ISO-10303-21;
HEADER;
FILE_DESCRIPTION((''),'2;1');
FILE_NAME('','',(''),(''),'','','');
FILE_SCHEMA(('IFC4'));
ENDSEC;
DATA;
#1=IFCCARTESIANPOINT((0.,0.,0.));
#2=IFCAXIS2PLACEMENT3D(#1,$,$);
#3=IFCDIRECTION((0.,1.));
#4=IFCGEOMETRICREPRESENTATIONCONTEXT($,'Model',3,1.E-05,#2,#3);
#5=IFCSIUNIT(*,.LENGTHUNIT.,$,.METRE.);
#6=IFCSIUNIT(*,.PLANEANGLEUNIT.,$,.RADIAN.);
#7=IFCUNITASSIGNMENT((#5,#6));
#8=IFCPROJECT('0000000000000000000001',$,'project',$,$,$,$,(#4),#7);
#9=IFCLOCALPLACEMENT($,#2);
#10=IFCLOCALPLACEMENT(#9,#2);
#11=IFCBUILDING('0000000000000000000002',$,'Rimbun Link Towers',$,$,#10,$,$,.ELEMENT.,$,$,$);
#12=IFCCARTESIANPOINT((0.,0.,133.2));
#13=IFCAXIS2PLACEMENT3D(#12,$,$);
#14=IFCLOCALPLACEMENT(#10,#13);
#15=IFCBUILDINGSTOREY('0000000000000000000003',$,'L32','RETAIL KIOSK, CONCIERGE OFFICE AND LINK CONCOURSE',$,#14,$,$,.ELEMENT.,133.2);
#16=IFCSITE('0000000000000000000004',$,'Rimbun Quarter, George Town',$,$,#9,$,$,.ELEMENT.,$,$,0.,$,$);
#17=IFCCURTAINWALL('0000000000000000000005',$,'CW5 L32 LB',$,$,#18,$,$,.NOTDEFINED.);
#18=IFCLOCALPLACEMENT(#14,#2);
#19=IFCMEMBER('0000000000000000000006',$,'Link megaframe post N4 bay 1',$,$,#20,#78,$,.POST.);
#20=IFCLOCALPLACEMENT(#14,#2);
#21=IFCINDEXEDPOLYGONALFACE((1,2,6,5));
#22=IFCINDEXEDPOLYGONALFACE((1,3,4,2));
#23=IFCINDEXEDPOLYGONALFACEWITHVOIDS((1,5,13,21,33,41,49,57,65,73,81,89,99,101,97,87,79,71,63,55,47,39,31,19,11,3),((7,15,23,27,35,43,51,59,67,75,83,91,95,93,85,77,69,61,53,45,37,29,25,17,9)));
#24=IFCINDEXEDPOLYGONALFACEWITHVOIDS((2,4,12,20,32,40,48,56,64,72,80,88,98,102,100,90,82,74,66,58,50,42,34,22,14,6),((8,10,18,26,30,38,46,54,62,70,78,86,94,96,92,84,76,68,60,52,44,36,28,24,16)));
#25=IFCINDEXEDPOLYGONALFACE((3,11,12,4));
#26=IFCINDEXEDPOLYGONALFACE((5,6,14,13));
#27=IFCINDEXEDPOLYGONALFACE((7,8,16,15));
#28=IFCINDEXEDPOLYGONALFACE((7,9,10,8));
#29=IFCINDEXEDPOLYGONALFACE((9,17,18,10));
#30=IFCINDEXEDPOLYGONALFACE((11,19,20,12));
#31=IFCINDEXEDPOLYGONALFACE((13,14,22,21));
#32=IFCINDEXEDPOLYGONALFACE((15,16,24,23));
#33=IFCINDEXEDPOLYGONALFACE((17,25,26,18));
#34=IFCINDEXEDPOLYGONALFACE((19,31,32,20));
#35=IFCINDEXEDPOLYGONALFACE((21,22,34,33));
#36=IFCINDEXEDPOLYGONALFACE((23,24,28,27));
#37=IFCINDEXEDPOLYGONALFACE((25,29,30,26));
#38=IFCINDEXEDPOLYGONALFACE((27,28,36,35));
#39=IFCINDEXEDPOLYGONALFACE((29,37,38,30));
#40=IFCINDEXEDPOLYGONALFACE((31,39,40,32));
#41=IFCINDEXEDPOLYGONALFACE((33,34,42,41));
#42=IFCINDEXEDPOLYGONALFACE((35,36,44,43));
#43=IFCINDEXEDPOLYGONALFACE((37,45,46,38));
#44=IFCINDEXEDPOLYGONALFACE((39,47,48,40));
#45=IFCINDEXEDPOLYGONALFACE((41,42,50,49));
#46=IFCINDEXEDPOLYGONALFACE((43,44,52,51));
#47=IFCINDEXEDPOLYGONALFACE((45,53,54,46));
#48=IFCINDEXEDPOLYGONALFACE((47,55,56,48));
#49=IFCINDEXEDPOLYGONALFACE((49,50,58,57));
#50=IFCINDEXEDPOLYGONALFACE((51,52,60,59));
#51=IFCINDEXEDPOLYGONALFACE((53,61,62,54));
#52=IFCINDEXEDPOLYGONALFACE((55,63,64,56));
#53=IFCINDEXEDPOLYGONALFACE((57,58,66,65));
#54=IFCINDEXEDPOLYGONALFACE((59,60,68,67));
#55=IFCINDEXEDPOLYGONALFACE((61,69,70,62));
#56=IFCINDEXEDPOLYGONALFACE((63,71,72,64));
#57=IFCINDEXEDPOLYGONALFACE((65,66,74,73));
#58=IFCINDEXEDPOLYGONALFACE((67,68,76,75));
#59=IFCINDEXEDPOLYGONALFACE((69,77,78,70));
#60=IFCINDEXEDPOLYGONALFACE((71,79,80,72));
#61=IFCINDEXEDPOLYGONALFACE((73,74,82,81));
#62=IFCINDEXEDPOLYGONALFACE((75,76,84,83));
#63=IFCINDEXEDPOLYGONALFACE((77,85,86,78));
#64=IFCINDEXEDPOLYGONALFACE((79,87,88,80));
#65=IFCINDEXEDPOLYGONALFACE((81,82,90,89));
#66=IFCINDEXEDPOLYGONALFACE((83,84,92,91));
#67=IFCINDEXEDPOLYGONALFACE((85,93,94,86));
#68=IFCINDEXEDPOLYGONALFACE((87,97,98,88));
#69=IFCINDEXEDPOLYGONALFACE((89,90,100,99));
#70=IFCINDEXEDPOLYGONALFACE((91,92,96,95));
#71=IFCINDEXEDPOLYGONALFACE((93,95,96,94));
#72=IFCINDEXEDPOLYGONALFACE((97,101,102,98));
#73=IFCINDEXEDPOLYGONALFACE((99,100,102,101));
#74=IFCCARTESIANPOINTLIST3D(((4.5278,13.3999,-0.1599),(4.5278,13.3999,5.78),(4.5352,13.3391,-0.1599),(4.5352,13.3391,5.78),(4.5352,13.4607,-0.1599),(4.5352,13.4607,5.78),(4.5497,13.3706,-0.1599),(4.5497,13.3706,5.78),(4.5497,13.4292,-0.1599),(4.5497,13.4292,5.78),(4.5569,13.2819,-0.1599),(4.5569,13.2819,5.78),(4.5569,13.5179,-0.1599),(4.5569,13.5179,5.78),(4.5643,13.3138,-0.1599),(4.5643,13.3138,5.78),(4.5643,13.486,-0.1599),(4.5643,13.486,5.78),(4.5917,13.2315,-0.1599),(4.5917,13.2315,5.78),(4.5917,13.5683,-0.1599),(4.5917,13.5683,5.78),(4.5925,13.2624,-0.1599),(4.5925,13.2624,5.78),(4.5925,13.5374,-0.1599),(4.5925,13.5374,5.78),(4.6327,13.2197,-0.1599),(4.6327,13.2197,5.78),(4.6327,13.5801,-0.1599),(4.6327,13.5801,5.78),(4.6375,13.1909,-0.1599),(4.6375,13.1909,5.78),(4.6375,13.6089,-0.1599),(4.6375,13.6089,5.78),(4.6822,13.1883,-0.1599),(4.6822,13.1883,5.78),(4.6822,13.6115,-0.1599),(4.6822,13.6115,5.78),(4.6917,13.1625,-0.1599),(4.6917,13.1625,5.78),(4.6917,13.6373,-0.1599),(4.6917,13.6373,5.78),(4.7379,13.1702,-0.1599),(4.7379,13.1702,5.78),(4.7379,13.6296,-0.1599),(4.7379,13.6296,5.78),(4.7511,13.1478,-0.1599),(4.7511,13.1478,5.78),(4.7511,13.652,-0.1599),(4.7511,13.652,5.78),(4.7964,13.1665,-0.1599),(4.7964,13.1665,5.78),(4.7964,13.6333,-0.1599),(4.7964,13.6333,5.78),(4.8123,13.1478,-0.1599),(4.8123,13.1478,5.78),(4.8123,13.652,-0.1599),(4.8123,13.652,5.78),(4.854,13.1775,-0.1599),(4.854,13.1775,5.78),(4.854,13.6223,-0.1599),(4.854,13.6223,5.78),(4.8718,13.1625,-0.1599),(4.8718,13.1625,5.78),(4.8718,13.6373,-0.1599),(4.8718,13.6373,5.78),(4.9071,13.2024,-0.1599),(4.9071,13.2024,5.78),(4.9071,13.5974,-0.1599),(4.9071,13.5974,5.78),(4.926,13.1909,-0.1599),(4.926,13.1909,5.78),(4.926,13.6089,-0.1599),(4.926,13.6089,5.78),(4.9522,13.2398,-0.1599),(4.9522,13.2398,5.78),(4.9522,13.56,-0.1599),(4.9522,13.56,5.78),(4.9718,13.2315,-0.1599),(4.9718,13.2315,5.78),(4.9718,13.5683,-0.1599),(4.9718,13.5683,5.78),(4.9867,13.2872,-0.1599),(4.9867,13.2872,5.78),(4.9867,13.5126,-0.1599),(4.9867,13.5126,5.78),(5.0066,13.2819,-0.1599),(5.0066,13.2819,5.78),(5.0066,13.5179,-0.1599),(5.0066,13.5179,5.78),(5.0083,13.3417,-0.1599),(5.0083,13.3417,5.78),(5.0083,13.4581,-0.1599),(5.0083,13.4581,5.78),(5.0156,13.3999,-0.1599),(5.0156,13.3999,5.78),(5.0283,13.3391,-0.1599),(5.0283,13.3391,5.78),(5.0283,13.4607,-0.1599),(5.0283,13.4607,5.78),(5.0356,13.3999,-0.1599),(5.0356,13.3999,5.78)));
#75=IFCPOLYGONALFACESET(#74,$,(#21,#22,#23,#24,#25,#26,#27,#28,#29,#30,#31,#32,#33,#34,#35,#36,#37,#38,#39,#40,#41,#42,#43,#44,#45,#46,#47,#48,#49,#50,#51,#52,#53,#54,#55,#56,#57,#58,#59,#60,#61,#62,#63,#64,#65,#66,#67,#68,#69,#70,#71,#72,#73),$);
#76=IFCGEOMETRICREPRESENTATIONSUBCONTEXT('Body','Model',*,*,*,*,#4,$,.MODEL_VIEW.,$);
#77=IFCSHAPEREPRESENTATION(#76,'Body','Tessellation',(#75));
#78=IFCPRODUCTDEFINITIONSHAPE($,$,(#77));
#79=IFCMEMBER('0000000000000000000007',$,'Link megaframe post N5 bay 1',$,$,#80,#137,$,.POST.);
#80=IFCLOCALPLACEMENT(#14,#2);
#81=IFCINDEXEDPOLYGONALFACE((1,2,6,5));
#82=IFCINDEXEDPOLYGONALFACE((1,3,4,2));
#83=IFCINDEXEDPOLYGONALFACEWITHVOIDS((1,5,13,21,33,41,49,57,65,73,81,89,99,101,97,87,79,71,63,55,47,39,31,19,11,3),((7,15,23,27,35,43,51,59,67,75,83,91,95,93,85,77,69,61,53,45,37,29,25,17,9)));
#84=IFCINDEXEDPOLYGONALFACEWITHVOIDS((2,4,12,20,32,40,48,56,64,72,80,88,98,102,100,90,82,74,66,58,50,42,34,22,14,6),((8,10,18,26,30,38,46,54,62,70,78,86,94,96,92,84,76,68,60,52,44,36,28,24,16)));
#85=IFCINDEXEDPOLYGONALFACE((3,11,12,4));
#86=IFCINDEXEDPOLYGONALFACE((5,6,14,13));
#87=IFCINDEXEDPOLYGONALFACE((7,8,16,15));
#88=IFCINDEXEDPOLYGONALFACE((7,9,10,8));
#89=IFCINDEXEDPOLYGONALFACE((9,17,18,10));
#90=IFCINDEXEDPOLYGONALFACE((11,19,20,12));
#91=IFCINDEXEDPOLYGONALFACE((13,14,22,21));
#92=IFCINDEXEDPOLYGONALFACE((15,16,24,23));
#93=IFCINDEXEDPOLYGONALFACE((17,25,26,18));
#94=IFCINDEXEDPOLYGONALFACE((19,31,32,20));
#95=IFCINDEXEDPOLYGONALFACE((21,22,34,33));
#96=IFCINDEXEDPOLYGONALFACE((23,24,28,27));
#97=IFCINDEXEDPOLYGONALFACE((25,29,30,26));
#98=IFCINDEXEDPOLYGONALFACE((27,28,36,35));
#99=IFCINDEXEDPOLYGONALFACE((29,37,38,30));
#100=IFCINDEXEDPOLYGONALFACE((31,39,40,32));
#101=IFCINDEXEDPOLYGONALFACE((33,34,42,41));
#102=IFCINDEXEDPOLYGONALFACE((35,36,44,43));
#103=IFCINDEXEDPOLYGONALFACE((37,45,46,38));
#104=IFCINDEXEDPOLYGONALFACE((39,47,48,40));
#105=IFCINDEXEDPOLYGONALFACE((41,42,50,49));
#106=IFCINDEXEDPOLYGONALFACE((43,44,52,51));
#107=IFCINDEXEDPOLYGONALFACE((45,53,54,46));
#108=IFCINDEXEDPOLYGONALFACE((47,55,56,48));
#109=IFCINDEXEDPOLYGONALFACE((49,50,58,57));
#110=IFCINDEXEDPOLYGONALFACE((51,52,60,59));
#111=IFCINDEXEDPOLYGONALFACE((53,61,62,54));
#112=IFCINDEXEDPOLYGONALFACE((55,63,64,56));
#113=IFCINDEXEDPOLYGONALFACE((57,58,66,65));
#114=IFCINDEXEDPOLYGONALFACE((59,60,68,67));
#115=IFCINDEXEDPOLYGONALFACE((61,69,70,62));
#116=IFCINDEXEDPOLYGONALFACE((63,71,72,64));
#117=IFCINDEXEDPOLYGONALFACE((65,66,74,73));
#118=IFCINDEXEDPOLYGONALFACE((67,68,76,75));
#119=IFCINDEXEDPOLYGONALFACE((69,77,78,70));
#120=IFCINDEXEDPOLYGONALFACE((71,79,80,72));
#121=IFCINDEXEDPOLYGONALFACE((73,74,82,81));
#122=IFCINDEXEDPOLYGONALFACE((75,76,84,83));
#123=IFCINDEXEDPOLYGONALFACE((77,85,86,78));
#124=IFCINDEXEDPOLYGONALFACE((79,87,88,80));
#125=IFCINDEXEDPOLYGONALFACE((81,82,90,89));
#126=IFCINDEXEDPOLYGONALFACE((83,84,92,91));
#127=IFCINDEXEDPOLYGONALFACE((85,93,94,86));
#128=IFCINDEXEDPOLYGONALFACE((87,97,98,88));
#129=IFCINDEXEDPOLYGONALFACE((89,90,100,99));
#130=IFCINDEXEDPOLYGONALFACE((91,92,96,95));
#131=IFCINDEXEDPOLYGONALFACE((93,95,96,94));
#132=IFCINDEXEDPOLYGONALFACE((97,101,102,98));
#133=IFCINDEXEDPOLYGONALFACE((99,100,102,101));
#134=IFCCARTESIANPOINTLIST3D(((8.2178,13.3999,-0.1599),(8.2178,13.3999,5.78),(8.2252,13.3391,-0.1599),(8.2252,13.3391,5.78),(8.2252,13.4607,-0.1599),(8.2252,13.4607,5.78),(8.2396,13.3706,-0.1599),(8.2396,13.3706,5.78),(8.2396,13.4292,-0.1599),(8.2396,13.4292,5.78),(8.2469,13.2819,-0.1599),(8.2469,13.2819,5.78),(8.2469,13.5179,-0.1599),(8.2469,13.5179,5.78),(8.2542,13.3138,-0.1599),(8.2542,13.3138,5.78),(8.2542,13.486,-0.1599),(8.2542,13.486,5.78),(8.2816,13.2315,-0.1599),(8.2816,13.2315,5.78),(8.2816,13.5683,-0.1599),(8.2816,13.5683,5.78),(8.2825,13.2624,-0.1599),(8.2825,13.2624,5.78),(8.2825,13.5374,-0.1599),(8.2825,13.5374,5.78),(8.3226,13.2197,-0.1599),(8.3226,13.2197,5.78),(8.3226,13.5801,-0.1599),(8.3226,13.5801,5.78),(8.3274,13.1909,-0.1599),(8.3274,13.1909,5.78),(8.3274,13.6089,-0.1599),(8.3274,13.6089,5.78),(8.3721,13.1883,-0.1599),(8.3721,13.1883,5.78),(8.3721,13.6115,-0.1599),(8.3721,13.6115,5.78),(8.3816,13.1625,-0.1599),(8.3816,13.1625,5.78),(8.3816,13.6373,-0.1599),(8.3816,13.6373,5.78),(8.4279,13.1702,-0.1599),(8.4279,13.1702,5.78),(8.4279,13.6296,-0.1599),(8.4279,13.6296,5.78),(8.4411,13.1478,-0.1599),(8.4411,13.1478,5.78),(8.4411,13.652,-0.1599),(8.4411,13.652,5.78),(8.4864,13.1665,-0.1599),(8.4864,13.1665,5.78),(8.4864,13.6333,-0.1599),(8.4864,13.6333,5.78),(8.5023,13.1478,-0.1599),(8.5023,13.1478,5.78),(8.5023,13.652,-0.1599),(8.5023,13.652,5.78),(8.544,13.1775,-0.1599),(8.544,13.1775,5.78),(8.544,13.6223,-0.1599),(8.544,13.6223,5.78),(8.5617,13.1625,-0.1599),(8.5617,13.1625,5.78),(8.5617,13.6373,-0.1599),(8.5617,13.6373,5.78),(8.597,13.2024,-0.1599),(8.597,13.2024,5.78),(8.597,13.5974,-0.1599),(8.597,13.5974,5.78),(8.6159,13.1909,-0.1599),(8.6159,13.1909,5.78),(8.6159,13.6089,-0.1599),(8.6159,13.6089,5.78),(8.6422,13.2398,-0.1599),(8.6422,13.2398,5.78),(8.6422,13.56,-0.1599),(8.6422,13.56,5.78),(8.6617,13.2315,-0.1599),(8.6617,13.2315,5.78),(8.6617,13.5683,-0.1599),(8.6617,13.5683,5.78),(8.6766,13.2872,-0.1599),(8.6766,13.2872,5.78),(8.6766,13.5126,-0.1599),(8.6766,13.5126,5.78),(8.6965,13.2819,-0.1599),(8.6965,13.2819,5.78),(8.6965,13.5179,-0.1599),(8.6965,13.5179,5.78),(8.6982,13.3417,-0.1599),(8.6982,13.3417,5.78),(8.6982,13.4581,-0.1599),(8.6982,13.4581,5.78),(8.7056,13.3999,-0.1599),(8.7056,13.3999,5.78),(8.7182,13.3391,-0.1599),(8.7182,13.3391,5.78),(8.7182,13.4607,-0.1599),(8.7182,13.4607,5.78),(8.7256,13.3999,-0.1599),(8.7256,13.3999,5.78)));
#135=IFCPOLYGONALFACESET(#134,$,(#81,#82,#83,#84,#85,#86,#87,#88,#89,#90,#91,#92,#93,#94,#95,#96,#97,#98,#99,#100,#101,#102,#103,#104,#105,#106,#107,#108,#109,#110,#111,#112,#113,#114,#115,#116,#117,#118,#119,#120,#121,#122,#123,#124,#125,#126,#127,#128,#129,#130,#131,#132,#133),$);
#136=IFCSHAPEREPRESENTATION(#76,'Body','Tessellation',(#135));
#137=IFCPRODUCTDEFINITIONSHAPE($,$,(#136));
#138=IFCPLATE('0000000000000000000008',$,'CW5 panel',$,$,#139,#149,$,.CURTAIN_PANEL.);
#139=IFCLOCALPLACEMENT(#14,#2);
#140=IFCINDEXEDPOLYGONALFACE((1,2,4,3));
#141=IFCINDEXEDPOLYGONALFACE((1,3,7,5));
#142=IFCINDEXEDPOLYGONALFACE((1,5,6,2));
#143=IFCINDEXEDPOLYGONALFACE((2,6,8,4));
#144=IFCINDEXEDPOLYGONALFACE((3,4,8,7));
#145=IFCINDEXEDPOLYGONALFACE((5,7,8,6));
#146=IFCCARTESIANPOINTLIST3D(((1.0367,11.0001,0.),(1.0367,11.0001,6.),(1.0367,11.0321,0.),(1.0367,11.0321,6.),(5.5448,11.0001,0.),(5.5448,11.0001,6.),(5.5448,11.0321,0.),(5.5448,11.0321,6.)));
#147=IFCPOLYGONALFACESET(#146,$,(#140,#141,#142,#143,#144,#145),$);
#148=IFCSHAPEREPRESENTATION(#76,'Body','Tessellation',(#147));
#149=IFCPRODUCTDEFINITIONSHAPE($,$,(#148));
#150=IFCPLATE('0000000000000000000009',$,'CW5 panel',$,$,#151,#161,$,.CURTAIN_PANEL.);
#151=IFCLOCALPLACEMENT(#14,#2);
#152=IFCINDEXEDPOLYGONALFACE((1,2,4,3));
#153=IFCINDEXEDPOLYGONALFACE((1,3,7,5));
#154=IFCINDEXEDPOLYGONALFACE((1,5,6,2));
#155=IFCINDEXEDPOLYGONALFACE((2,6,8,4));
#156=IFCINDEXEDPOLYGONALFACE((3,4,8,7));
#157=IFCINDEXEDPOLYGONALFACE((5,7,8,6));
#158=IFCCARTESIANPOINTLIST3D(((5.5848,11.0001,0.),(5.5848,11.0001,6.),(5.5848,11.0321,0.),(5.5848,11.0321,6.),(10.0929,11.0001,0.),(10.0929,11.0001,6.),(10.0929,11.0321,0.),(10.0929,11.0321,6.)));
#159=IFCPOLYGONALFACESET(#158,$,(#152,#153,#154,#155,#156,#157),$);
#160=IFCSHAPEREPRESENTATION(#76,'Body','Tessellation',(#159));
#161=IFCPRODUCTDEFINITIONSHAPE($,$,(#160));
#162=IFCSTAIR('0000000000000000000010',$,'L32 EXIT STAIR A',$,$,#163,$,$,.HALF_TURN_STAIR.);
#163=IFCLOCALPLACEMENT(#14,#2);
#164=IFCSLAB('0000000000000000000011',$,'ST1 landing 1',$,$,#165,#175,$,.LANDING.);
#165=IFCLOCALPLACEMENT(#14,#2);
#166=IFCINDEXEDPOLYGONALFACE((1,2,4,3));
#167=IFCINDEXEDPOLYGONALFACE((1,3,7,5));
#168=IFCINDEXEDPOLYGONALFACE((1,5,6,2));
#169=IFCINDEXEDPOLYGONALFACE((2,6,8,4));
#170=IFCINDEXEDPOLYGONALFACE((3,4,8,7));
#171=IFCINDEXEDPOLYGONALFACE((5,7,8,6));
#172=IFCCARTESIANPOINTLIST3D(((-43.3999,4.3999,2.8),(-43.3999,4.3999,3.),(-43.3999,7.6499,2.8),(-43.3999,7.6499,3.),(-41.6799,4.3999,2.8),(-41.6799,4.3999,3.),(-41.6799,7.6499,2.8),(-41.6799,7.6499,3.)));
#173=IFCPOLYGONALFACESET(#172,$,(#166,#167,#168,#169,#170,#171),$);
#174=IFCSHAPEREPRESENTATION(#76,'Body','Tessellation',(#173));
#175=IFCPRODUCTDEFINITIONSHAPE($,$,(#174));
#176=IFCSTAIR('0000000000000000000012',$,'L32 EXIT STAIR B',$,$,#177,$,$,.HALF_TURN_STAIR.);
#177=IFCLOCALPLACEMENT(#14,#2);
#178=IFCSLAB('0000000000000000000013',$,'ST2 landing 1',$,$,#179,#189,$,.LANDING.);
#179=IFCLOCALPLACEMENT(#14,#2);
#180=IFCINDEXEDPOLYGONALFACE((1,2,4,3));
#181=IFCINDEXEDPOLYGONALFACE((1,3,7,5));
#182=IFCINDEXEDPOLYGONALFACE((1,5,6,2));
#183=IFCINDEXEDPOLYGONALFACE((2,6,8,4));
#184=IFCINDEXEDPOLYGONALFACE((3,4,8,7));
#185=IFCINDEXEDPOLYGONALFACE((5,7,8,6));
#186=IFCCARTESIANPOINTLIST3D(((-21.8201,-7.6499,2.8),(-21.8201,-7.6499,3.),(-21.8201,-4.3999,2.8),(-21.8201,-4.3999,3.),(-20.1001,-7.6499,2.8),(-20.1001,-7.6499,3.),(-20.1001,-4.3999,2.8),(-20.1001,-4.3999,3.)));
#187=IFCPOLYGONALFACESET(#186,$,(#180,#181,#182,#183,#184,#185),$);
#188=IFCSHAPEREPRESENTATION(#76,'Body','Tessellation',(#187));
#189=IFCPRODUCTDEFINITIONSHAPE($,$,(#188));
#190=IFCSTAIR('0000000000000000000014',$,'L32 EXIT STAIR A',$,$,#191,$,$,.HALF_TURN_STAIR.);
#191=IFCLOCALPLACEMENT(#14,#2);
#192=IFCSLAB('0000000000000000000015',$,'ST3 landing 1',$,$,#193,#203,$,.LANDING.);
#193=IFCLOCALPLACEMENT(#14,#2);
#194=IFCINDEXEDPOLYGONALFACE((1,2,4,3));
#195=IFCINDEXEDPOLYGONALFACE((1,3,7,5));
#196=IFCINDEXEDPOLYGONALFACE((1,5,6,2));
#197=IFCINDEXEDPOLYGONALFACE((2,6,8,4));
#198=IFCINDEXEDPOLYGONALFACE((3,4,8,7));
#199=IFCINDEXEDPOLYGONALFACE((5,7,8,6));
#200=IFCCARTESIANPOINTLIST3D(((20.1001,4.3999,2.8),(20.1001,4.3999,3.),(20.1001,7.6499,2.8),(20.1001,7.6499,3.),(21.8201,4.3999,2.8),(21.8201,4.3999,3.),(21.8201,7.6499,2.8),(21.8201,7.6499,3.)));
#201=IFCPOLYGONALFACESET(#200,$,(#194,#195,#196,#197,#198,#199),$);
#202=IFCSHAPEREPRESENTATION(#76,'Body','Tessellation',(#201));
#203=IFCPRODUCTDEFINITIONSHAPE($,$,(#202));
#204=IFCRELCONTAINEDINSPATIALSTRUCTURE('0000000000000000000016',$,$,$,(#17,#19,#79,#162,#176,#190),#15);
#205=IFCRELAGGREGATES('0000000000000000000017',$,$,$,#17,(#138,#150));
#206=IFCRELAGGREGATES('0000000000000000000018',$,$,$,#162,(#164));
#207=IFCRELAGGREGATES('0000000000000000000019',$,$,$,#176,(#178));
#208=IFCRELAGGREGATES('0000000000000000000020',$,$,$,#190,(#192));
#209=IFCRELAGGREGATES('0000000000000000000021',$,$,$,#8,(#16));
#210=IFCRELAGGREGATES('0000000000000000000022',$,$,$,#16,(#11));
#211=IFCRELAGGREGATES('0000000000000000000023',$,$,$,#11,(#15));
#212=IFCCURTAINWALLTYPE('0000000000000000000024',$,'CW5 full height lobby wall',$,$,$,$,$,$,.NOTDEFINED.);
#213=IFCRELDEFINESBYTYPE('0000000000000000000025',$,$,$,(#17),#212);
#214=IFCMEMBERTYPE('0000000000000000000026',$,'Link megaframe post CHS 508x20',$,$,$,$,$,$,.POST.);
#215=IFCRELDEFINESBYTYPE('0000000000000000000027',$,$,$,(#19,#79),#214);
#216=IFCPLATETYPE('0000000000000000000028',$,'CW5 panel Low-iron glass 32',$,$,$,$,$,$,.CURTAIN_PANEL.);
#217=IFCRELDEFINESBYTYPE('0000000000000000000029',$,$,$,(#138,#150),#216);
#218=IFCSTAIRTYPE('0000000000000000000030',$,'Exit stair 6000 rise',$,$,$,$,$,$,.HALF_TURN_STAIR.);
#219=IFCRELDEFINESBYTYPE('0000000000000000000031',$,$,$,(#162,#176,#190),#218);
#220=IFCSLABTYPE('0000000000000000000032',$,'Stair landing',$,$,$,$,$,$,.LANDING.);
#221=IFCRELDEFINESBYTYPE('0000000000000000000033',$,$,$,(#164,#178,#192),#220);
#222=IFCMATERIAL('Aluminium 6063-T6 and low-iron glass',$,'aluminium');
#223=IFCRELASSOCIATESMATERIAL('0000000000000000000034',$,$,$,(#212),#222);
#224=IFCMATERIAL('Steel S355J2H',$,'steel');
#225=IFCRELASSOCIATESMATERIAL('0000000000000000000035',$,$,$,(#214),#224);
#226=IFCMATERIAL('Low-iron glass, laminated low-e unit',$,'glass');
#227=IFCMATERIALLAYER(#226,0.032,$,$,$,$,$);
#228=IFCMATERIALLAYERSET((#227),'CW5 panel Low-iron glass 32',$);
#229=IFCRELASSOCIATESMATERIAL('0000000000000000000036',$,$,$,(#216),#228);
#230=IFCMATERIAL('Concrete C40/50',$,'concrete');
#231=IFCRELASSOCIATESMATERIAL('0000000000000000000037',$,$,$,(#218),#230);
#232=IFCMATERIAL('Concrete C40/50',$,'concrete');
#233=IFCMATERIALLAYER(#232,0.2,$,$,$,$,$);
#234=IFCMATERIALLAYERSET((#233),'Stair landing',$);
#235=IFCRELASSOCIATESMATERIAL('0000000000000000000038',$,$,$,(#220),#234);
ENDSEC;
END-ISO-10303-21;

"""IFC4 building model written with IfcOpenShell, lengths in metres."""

from ifc_helpers import new_model, si_unit, direction, frame, origin, origin_2d, place, context, subcontext, project, spatial, polyline, rectangle, hollow_circle, outline, extrude, material, layer, layer_set, material_profile, profile_set, type_object, element, aggregate, save


model = new_model("IFC4")

# Units and contexts
model_context = context("Model", 3, precision=1e-05, world=origin(), true_north=direction((0.0, 1.0)))
body_context = subcontext(model_context, "Body", "Model", "MODEL_VIEW")
ifc_project = project(units=[si_unit("LENGTHUNIT", "METRE"), si_unit("PLANEANGLEUNIT", "RADIAN")], contexts=[model_context])

# Site, building, storey
site_placement = place(None, origin())
site = spatial("IfcSite", under=ifc_project, at=site_placement, Name="Rimbun Quarter, George Town", CompositionType="ELEMENT", RefElevation=0.0)
building_placement = place(site_placement, origin())
building = spatial("IfcBuilding", under=site, at=building_placement, Name="Rimbun Link Towers", CompositionType="ELEMENT")
storey_placement = place(building_placement, frame((0.0, 0.0, 133.2)))
storey = spatial("IfcBuildingStorey", under=building, at=storey_placement, Name="L32", Description="RETAIL KIOSK, CONCIERGE OFFICE AND LINK CONCOURSE", CompositionType="ELEMENT", Elevation=133.2)

# Curtain wall
ifc_material_1 = material(Name="Aluminium 6063-T6 and low-iron glass", Category="aluminium")
curtain_wall_type = type_object("IfcCurtainWallType", Name="CW5 full height lobby wall", PredefinedType="NOTDEFINED", material=ifc_material_1)
curtain_wall_placement = place(storey_placement, origin())
curtain_wall = element("IfcCurtainWall", 1, at=curtain_wall_placement, inside=storey, type_object=curtain_wall_type, Name="CW5 L32 LB", PredefinedType="NOTDEFINED")

# Members
ifc_material_2 = material(Name="Steel S355J2H", Category="steel")
ifc_material_profile_1 = material_profile(ifc_material_2, hollow_circle(Radius=0.2539, WallThickness=0.02, at=origin_2d()), Name="CHS 508x20")
ifc_profile_set_1 = profile_set([ifc_material_profile_1], Name="Steel S355J2H")
member_type_1 = type_object("IfcMemberType", Name="Link megaframe post CHS 508x20", PredefinedType="POST", material=ifc_profile_set_1)
for number, where, z_axis, x_axis, name in (
    (2, (4.7817, 13.3999, -0.1599), (0.0, 0.0, 1.0), (1.0, 0.0, 0.0), "Link megaframe post N4 bay 1"),
    (3, (8.4717, 13.3999, -0.1599), (0.0, 0.0, 1.0), (1.0, 0.0, 0.0), "Link megaframe post N5 bay 1"),
):
    element("IfcMember", number, at=place(storey_placement, frame(where, z_axis=z_axis, x_axis=x_axis)), inside=storey, type_object=member_type_1, Name=name, PredefinedType="POST", context=body_context, shape_type="SweptSolid", body=[
        extrude(hollow_circle(Radius=0.2539, WallThickness=0.02, at=origin_2d()), origin(), (0.0, 0.0, 1.0), 5.9399),
    ])

# Plates
ifc_material_3 = material(Name="Low-iron glass, laminated low-e unit", Category="glass")
ifc_layer_1 = layer(ifc_material_3, 0.032)
ifc_layer_set_1 = layer_set([ifc_layer_1], Name="CW5 panel Low-iron glass 32")
plate_type = type_object("IfcPlateType", Name="CW5 panel Low-iron glass 32", PredefinedType="CURTAIN_PANEL", material=ifc_layer_set_1)
plate_1_placement = place(storey_placement, frame((3.2908, 11.0161, 0.0), z_axis=(0.0, 0.0, 1.0), x_axis=(1.0, 0.0, 0.0)))
plate_1 = element("IfcPlate", 4, at=plate_1_placement, type_object=plate_type, Name="CW5 panel", PredefinedType="CURTAIN_PANEL", context=body_context, shape_type="SweptSolid", body=[
    extrude(rectangle(XDim=4.5081, YDim=0.032, at=origin_2d()), origin(), (0.0, 0.0, 1.0), 6.0),
])
plate_2_placement = place(storey_placement, frame((7.8389, 11.0161, 0.0), z_axis=(0.0, 0.0, 1.0), x_axis=(1.0, 0.0, 0.0)))
plate_2 = element("IfcPlate", 5, at=plate_2_placement, type_object=plate_type, Name="CW5 panel", PredefinedType="CURTAIN_PANEL", context=body_context, shape_type="SweptSolid", body=[
    extrude(rectangle(XDim=4.5081, YDim=0.032, at=origin_2d()), origin(), (0.0, 0.0, 1.0), 6.0),
])
aggregate(curtain_wall, [plate_1, plate_2])

# Stairs, slabs
ifc_material_4 = material(Name="Concrete C40/50", Category="concrete")
stair_type = type_object("IfcStairType", Name="Exit stair 6000 rise", PredefinedType="HALF_TURN_STAIR", material=ifc_material_4)
stair_1_placement = place(storey_placement, origin())
stair_1 = element("IfcStair", 6, at=stair_1_placement, inside=storey, type_object=stair_type, Name="L32 EXIT STAIR A", PredefinedType="HALF_TURN_STAIR")
ifc_material_5 = material(Name="Concrete C40/50", Category="concrete")
ifc_layer_2 = layer(ifc_material_5, 0.2)
ifc_layer_set_2 = layer_set([ifc_layer_2], Name="Stair landing")
slab_type = type_object("IfcSlabType", Name="Stair landing", PredefinedType="LANDING", material=ifc_layer_set_2)
slab_1_placement = place(storey_placement, frame((0.0, 0.0, 2.8)))
slab_1 = element("IfcSlab", 7, at=slab_1_placement, type_object=slab_type, Name="ST1 landing 1", PredefinedType="LANDING", context=body_context, shape_type="SweptSolid", body=[
    extrude(outline(polyline([(-41.6799, 7.6499), (-43.3999, 7.6499), (-43.3999, 4.3999), (-41.6799, 4.3999), (-41.6799, 7.6499)])), origin(), (0.0, 0.0, 1.0), 0.2),
])
aggregate(stair_1, [slab_1])
stair_2_placement = place(storey_placement, origin())
stair_2 = element("IfcStair", 8, at=stair_2_placement, inside=storey, type_object=stair_type, Name="L32 EXIT STAIR B", PredefinedType="HALF_TURN_STAIR")
slab_2_placement = place(storey_placement, frame((0.0, 0.0, 2.8)))
slab_2 = element("IfcSlab", 9, at=slab_2_placement, type_object=slab_type, Name="ST2 landing 1", PredefinedType="LANDING", context=body_context, shape_type="SweptSolid", body=[
    extrude(outline(polyline([(-21.8201, -7.6499), (-20.1001, -7.6499), (-20.1001, -4.3999), (-21.8201, -4.3999), (-21.8201, -7.6499)])), origin(), (0.0, 0.0, 1.0), 0.2),
])
aggregate(stair_2, [slab_2])
stair_3_placement = place(storey_placement, origin())
stair_3 = element("IfcStair", 10, at=stair_3_placement, inside=storey, type_object=stair_type, Name="L32 EXIT STAIR A", PredefinedType="HALF_TURN_STAIR")
slab_3_placement = place(storey_placement, frame((0.0, 0.0, 2.8)))
slab_3 = element("IfcSlab", 11, at=slab_3_placement, type_object=slab_type, Name="ST3 landing 1", PredefinedType="LANDING", context=body_context, shape_type="SweptSolid", body=[
    extrude(outline(polyline([(21.8201, 7.6499), (20.1001, 7.6499), (20.1001, 4.3999), (21.8201, 4.3999), (21.8201, 7.6499)])), origin(), (0.0, 0.0, 1.0), 0.2),
])
aggregate(stair_3, [slab_3])

save(model, "model.ifc")
